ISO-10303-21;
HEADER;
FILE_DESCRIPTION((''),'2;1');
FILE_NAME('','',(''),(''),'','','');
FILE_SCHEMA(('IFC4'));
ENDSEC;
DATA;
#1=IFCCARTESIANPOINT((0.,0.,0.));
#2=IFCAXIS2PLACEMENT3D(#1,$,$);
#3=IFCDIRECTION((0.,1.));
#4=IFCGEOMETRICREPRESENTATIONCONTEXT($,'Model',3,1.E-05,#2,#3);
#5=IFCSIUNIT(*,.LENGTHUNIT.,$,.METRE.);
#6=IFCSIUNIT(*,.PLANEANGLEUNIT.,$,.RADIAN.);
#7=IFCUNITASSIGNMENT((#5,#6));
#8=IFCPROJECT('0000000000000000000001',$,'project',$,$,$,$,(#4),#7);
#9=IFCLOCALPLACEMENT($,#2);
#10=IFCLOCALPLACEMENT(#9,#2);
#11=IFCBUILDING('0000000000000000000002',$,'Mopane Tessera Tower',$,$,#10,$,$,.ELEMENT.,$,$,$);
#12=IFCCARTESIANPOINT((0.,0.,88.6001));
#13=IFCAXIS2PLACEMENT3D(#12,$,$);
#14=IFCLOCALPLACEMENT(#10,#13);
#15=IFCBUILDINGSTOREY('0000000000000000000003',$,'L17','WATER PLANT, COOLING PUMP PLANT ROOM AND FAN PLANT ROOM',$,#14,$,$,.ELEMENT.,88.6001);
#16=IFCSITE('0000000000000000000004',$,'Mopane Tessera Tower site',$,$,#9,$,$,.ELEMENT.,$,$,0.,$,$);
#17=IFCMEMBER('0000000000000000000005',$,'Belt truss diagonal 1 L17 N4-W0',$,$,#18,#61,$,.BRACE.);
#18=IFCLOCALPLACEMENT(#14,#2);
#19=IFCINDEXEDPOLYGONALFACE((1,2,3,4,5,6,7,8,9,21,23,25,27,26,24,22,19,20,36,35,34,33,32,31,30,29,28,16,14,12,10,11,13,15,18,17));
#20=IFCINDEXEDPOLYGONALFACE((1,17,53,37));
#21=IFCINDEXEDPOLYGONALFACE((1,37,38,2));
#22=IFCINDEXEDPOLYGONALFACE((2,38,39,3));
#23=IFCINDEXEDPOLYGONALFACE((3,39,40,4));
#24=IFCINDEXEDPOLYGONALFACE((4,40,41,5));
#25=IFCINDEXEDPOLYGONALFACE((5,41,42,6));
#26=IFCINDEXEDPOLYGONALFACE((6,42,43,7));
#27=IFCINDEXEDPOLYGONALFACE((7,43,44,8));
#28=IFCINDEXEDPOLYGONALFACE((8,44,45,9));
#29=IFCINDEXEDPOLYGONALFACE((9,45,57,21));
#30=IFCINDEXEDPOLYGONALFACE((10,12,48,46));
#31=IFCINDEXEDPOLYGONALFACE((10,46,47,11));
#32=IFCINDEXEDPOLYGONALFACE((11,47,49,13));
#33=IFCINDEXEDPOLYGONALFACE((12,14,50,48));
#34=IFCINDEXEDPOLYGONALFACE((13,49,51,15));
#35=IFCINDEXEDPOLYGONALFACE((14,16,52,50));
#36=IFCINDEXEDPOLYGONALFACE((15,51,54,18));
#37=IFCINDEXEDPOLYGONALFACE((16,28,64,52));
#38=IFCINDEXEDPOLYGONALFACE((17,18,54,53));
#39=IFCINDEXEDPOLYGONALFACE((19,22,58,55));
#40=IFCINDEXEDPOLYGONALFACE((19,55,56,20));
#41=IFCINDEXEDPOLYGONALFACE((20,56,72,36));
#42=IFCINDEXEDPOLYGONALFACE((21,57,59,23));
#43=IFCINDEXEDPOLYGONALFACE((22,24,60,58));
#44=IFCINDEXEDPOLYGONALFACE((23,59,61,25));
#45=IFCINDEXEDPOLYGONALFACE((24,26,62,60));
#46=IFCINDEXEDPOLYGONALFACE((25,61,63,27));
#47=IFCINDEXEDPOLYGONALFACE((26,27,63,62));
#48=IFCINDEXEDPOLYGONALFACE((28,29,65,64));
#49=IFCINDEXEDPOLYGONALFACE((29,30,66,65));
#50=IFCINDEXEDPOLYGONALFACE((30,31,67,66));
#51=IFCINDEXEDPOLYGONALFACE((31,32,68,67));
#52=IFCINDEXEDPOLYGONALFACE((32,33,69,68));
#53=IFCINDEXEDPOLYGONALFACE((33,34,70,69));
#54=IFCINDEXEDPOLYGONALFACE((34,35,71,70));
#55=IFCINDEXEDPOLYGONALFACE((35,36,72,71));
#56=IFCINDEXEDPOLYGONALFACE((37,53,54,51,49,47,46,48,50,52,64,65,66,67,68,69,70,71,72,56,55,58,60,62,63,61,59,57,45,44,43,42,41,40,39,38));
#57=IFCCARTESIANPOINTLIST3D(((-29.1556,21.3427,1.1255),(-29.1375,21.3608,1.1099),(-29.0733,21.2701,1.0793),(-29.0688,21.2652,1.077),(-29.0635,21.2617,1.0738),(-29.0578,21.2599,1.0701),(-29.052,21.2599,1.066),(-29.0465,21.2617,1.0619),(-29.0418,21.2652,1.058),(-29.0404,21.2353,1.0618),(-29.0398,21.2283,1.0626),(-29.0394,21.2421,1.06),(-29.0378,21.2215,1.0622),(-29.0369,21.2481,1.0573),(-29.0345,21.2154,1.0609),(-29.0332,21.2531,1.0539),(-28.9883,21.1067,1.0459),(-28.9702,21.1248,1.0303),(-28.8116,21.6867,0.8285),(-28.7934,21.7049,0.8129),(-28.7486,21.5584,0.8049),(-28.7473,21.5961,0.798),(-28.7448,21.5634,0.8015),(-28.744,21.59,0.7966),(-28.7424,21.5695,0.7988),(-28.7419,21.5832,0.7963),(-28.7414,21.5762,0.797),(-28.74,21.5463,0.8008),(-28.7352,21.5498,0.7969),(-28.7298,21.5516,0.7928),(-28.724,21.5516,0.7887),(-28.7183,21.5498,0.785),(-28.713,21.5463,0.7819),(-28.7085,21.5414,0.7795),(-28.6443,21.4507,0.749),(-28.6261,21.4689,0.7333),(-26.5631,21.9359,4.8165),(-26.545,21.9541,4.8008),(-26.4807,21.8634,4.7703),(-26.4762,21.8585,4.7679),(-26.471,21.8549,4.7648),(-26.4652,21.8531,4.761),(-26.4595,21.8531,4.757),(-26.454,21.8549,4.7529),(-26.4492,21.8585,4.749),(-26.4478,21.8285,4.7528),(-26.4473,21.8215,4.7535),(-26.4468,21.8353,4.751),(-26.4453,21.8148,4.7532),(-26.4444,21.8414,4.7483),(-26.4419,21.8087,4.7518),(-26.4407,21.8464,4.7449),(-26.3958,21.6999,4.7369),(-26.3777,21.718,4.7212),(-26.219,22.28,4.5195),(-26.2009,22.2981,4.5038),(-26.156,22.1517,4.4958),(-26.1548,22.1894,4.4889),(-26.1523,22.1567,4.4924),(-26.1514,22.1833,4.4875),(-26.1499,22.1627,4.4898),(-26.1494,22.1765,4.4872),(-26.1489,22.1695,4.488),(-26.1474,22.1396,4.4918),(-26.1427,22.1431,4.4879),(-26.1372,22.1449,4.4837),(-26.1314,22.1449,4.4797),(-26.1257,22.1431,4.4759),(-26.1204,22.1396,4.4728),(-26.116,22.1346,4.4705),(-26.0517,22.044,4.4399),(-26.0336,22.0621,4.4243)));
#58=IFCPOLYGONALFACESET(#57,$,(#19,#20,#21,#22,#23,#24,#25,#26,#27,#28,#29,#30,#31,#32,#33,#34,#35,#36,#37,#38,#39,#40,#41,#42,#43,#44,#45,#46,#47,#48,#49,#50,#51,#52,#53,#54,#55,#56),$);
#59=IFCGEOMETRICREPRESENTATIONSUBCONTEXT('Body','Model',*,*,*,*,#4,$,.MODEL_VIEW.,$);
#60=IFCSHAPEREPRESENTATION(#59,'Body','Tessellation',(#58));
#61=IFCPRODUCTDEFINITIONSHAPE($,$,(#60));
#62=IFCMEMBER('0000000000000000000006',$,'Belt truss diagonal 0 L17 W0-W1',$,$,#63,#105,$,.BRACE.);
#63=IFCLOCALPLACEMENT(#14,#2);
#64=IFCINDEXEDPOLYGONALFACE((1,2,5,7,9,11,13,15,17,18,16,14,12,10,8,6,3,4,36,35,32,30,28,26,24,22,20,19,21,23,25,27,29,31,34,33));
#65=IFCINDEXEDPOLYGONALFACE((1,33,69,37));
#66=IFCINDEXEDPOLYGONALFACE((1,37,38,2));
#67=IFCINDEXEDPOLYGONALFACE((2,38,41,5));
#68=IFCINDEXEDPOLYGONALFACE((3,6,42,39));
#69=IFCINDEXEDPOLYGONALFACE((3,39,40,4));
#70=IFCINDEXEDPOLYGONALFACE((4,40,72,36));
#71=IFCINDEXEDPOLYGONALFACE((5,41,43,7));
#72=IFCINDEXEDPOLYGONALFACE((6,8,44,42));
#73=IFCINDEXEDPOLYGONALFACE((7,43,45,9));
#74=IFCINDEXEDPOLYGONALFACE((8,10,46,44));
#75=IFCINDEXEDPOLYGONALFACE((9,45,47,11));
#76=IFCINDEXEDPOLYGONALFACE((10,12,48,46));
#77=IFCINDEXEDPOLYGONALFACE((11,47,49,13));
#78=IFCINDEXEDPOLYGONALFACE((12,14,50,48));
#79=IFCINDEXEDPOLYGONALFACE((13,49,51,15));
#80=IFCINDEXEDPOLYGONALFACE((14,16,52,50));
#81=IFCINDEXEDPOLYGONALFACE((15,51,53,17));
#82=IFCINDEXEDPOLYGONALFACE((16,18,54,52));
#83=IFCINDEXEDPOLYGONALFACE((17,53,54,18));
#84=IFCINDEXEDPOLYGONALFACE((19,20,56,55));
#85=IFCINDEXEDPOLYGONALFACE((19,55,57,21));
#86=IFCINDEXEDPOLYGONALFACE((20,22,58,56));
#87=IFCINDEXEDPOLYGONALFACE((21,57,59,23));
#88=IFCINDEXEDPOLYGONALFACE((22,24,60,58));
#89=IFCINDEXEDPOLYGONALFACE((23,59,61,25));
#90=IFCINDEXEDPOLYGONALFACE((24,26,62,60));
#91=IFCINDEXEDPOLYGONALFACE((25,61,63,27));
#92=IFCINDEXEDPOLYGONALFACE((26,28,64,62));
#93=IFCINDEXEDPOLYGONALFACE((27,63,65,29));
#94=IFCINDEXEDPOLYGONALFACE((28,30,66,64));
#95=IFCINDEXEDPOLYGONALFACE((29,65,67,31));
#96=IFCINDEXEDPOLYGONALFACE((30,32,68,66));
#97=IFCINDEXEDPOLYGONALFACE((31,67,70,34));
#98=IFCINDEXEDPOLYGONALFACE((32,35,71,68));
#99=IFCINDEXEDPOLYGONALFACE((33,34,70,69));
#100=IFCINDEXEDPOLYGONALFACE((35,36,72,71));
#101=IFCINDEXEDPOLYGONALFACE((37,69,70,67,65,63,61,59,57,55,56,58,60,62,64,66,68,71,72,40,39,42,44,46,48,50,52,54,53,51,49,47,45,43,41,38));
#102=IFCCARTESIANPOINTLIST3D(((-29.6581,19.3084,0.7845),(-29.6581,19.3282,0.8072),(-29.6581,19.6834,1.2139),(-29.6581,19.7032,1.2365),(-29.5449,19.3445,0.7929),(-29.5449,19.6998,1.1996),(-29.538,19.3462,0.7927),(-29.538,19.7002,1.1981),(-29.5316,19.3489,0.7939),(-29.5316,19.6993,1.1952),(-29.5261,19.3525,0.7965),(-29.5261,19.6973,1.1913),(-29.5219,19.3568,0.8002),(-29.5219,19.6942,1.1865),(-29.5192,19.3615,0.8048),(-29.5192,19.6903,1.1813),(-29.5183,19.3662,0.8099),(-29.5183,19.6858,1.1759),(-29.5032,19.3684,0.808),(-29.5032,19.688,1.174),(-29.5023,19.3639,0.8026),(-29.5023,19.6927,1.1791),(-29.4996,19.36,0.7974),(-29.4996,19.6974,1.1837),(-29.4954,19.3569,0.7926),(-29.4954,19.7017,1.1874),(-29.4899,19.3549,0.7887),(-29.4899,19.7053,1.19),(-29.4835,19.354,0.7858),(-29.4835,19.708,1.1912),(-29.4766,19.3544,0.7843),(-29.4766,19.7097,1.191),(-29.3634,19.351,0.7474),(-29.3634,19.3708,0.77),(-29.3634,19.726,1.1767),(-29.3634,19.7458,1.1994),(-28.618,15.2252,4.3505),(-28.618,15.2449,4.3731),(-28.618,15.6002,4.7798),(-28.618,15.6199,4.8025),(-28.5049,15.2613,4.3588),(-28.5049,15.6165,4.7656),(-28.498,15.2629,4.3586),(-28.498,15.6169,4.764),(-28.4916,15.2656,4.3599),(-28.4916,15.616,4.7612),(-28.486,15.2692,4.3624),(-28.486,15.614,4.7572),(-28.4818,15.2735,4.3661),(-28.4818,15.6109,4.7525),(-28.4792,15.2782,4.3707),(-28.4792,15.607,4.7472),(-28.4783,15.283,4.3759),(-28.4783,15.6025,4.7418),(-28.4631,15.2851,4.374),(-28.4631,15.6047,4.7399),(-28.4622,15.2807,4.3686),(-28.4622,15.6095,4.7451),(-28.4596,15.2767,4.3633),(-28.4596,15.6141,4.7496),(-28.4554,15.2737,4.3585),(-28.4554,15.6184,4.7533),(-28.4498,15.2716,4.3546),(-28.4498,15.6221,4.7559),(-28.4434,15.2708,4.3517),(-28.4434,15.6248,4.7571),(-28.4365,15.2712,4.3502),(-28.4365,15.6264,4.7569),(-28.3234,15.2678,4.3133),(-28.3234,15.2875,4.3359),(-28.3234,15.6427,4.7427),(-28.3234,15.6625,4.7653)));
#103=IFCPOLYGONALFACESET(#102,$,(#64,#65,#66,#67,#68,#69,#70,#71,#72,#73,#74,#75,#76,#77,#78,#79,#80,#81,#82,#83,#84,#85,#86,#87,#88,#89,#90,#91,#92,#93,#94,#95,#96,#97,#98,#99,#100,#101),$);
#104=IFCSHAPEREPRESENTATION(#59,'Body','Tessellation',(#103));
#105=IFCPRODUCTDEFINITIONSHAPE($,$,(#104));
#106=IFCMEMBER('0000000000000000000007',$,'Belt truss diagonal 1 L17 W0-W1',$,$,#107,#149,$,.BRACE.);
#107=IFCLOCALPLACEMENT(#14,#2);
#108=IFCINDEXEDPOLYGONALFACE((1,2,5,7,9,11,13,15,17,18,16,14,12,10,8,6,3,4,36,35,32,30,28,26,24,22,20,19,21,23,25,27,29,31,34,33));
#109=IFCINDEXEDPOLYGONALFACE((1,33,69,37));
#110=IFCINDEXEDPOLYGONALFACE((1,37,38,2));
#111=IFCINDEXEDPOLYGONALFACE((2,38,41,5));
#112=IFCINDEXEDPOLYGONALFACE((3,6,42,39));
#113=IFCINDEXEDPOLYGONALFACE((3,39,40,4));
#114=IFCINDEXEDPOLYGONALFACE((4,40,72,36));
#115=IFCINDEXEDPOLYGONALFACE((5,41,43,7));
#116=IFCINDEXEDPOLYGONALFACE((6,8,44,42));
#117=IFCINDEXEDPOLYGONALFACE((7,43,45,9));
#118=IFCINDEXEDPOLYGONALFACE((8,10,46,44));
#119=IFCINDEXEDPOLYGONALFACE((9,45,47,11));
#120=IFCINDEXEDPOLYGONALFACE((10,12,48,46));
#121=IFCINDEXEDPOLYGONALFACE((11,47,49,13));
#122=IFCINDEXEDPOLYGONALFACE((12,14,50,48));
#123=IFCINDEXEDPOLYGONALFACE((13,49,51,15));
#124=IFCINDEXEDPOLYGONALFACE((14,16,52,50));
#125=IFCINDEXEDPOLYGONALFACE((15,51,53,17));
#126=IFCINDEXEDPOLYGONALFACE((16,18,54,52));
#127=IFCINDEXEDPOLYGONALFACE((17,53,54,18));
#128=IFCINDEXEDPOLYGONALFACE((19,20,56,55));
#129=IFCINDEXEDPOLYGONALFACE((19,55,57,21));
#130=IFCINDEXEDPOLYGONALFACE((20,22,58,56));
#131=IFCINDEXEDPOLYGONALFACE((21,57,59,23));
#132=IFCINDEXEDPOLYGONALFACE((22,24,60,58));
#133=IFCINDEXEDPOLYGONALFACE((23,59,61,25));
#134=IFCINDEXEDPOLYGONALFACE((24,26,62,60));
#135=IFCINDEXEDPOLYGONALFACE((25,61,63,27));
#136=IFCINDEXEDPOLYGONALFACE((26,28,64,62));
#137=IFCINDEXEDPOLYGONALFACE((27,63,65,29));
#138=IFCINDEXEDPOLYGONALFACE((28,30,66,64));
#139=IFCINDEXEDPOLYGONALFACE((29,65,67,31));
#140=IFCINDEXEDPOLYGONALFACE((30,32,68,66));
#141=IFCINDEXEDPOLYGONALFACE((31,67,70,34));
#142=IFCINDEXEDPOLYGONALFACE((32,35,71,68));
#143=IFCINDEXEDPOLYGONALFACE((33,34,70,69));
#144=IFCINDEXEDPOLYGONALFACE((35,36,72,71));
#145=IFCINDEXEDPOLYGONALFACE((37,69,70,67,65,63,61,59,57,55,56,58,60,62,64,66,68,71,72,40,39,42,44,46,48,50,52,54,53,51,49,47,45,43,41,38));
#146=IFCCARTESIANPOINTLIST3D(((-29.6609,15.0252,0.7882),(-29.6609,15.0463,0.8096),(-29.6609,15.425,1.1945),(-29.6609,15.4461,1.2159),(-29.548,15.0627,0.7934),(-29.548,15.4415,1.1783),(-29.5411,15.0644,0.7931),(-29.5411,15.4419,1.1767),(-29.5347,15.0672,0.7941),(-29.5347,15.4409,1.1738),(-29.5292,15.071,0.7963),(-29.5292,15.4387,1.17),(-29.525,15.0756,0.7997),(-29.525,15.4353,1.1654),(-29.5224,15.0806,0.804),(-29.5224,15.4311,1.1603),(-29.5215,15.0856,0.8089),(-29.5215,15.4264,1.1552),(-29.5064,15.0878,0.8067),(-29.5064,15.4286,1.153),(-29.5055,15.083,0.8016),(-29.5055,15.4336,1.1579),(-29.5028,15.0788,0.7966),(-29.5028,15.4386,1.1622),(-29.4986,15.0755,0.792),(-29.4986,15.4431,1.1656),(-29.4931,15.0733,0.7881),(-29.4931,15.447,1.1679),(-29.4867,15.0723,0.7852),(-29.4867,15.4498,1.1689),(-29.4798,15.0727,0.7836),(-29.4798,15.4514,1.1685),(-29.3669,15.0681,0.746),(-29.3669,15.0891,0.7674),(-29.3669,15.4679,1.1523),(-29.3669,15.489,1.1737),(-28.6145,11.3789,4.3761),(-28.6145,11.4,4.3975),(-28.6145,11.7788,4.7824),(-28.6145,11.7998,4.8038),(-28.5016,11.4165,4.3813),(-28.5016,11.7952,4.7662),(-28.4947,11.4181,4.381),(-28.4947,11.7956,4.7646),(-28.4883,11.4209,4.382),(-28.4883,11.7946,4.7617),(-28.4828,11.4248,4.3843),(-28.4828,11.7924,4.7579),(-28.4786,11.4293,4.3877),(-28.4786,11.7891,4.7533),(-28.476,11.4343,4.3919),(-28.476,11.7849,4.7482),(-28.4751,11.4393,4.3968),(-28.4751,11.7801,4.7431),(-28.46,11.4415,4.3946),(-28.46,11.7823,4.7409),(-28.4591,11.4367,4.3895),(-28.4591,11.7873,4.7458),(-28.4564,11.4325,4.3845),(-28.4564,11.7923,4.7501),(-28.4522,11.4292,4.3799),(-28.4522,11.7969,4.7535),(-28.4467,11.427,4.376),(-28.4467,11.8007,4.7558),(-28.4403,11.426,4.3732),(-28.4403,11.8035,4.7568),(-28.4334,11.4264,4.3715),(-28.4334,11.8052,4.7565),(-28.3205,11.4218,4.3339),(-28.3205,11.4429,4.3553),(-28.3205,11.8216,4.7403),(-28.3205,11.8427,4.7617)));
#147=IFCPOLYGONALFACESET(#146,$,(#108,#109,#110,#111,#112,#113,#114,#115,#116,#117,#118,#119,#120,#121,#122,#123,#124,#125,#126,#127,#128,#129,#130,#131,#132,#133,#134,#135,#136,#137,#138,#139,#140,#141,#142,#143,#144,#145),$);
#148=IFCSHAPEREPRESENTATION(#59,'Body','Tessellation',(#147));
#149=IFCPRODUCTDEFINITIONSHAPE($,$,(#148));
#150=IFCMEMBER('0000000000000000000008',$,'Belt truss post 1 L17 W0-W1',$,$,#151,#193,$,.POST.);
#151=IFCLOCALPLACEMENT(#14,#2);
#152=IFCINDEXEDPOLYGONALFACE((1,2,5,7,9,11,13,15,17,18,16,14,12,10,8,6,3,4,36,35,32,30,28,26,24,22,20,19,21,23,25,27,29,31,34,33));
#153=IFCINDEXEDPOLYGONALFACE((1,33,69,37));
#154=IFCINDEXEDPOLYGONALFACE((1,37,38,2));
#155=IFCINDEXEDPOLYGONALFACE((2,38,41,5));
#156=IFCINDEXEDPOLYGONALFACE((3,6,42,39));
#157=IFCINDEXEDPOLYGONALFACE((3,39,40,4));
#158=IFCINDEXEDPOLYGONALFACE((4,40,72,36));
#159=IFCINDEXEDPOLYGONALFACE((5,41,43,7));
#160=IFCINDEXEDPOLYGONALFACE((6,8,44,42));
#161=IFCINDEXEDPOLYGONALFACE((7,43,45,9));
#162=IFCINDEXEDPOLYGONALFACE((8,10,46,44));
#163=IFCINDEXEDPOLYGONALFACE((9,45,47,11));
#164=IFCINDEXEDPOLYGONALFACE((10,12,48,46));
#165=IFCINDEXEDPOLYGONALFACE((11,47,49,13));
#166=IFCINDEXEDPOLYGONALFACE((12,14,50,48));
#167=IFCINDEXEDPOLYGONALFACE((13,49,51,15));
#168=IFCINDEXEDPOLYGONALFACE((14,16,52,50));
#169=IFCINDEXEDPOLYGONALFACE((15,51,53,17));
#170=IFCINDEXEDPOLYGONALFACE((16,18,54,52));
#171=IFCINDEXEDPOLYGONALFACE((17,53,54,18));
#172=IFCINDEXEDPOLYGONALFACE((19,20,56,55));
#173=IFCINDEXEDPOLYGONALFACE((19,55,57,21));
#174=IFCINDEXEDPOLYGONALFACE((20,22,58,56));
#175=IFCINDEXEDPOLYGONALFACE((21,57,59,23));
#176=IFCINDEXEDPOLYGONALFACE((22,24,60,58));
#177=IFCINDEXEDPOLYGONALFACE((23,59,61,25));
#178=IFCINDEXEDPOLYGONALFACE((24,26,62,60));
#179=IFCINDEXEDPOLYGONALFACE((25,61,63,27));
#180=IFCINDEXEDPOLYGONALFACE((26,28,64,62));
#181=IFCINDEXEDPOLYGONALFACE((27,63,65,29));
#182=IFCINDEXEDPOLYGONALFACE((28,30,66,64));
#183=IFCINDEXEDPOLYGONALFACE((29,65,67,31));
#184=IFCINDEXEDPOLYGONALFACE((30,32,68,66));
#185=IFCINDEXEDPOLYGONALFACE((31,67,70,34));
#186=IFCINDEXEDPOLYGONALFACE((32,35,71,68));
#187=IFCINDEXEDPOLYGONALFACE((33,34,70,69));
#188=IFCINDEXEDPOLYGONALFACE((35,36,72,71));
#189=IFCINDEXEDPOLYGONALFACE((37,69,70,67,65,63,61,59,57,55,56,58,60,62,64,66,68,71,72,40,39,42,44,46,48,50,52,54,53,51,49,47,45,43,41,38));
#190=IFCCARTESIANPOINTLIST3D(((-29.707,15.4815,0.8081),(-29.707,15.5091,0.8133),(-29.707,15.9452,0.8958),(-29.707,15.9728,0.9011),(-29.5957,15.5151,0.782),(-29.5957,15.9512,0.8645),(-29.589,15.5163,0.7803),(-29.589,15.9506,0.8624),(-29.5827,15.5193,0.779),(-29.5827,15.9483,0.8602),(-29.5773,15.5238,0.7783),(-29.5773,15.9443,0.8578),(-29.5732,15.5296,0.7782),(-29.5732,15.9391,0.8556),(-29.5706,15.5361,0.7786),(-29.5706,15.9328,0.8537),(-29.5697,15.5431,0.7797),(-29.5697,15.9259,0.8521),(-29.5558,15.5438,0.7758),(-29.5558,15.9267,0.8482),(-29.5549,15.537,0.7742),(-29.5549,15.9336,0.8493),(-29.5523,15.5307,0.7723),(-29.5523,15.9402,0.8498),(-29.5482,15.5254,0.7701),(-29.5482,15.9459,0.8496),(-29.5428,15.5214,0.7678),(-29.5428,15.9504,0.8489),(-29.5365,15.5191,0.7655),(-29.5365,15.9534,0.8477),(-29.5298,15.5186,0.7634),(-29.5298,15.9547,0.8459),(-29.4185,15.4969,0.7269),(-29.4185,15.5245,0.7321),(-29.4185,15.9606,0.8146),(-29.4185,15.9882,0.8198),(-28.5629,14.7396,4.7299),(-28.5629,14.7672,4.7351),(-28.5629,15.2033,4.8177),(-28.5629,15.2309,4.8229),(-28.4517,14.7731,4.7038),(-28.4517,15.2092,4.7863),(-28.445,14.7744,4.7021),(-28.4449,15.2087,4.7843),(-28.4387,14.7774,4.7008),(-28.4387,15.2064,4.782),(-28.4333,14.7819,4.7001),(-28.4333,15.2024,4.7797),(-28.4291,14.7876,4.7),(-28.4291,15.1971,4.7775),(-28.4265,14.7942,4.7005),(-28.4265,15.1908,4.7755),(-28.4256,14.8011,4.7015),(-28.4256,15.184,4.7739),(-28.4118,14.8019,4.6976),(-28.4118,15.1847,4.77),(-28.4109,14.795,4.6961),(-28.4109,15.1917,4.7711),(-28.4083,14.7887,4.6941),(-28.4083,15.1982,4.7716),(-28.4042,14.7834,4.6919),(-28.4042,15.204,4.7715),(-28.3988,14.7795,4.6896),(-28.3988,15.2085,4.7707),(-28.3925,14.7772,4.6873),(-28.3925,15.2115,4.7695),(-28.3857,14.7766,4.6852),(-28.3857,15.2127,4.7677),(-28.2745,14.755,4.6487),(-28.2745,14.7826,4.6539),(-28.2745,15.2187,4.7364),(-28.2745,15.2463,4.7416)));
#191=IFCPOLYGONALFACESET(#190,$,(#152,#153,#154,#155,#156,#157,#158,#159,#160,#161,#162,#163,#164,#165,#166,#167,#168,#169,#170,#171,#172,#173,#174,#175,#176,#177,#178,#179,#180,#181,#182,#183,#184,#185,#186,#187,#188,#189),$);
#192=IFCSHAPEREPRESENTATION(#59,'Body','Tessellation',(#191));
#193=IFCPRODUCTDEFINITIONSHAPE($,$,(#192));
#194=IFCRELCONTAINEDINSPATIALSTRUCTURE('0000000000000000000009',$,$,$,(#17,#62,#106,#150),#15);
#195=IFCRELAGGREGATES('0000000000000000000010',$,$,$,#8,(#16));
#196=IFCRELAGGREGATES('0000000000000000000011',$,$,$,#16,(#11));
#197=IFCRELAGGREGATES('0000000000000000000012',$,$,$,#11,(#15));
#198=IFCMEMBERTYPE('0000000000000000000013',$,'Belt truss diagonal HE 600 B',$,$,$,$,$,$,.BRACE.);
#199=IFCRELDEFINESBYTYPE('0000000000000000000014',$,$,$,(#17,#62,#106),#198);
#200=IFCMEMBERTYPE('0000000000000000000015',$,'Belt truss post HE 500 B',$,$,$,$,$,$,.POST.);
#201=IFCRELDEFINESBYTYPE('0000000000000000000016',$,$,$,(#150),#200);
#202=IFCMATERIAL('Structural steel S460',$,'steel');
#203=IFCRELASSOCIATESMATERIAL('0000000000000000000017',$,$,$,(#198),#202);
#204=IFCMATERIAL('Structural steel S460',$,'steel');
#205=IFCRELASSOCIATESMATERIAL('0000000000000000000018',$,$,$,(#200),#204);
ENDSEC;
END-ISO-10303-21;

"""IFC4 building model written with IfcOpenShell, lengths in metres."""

from ifc_helpers import new_model, si_unit, direction, frame, origin, origin_2d, place, context, subcontext, project, spatial, i_section, extrude, material, material_profile, profile_set, type_object, element, save


model = new_model("IFC4")

# Units and contexts
model_context = context("Model", 3, precision=1e-05, world=origin(), true_north=direction((0.0, 1.0)))
body_context = subcontext(model_context, "Body", "Model", "MODEL_VIEW")
ifc_project = project(units=[si_unit("LENGTHUNIT", "METRE"), si_unit("PLANEANGLEUNIT", "RADIAN")], contexts=[model_context])

# Site, building, storey
site_placement = place(None, origin())
site = spatial("IfcSite", under=ifc_project, at=site_placement, Name="Mopane Tessera Tower site", CompositionType="ELEMENT", RefElevation=0.0)
building_placement = place(site_placement, origin())
building = spatial("IfcBuilding", under=site, at=building_placement, Name="Mopane Tessera Tower", CompositionType="ELEMENT")
storey_placement = place(building_placement, frame((0.0, 0.0, 88.6001)))
storey = spatial("IfcBuildingStorey", under=building, at=storey_placement, Name="L17", Description="WATER PLANT, COOLING PUMP PLANT ROOM AND FAN PLANT ROOM", CompositionType="ELEMENT", Elevation=88.6001)

# Members
ifc_material_1 = material(Name="Structural steel S460", Category="steel")
ifc_material_profile_1 = material_profile(ifc_material_1, i_section(OverallWidth=0.3, OverallDepth=0.6001, WebThickness=0.0154, FlangeThickness=0.03, FilletRadius=0.0271, at=origin_2d()))
ifc_profile_set_1 = profile_set([ifc_material_profile_1], Name="Structural steel S460")
member_type_1 = type_object("IfcMemberType", Name="Belt truss diagonal HE 600 B", PredefinedType="BRACE", material=ifc_profile_set_1)
member_1_placement = place(storey_placement, frame((-26.2983, 21.999, 4.6204), z_axis=(-0.569876, -0.130408, -0.811317), x_axis=(0.557621, -0.786577, -0.265247)))
element("IfcMember", 1, at=member_1_placement, inside=storey, type_object=member_type_1, Name="Belt truss diagonal 1 L17 N4-W0", PredefinedType="BRACE", context=body_context, shape_type="SweptSolid", body=[
    extrude(i_section(OverallWidth=0.3, OverallDepth=0.6001, WebThickness=0.0154, FlangeThickness=0.03, FilletRadius=0.0271, at=origin_2d()), origin(), (0.0, 0.0, 1.0), 4.5493),
])
member_2_placement = place(storey_placement, frame((-29.5107, 19.5271, 0.9919), z_axis=(0.188413, -0.73972, 0.646), x_axis=(0.98209, 0.141917, -0.123932)))
element("IfcMember", 2, at=member_2_placement, inside=storey, type_object=member_type_1, Name="Belt truss diagonal 0 L17 W0-W1", PredefinedType="BRACE", context=body_context, shape_type="SweptSolid", body=[
    extrude(i_section(OverallWidth=0.3, OverallDepth=0.6001, WebThickness=0.0154, FlangeThickness=0.03, FilletRadius=0.0271, at=origin_2d()), origin(), (0.0, 0.0, 1.0), 5.52),
])
member_3_placement = place(storey_placement, frame((-29.5139, 15.2571, 0.981), z_axis=(0.200404, -0.698327, 0.687152), x_axis=(0.979713, 0.142846, -0.140559)))
element("IfcMember", 3, at=member_3_placement, inside=storey, type_object=member_type_1, Name="Belt truss diagonal 1 L17 W0-W1", PredefinedType="BRACE", context=body_context, shape_type="SweptSolid", body=[
    extrude(i_section(OverallWidth=0.3, OverallDepth=0.6001, WebThickness=0.0154, FlangeThickness=0.03, FilletRadius=0.0271, at=origin_2d()), origin(), (0.0, 0.0, 1.0), 5.2214),
])
ifc_material_2 = material(Name="Structural steel S460", Category="steel")
ifc_material_profile_2 = material_profile(ifc_material_2, i_section(OverallWidth=0.3, OverallDepth=0.5, WebThickness=0.0144, FlangeThickness=0.0281, FilletRadius=0.0271, at=origin_2d()))
ifc_profile_set_2 = profile_set([ifc_material_profile_2], Name="Structural steel S460")
member_type_2 = type_object("IfcMemberType", Name="Belt truss post HE 500 B", PredefinedType="POST", material=ifc_profile_set_2)
member_4_placement = place(storey_placement, frame((-29.5627, 15.7349, 0.814), z_axis=(0.27553, -0.178689, 0.944539), x_axis=(0.961293, 0.051207, -0.270729)))
element("IfcMember", 4, at=member_4_placement, inside=storey, type_object=member_type_2, Name="Belt truss post 1 L17 W0-W1", PredefinedType="POST", context=body_context, shape_type="SweptSolid", body=[
    extrude(i_section(OverallWidth=0.3, OverallDepth=0.5, WebThickness=0.0144, FlangeThickness=0.0281, FilletRadius=0.0271, at=origin_2d()), origin(), (0.0, 0.0, 1.0), 4.1521),
])

save(model, "model.ifc")
